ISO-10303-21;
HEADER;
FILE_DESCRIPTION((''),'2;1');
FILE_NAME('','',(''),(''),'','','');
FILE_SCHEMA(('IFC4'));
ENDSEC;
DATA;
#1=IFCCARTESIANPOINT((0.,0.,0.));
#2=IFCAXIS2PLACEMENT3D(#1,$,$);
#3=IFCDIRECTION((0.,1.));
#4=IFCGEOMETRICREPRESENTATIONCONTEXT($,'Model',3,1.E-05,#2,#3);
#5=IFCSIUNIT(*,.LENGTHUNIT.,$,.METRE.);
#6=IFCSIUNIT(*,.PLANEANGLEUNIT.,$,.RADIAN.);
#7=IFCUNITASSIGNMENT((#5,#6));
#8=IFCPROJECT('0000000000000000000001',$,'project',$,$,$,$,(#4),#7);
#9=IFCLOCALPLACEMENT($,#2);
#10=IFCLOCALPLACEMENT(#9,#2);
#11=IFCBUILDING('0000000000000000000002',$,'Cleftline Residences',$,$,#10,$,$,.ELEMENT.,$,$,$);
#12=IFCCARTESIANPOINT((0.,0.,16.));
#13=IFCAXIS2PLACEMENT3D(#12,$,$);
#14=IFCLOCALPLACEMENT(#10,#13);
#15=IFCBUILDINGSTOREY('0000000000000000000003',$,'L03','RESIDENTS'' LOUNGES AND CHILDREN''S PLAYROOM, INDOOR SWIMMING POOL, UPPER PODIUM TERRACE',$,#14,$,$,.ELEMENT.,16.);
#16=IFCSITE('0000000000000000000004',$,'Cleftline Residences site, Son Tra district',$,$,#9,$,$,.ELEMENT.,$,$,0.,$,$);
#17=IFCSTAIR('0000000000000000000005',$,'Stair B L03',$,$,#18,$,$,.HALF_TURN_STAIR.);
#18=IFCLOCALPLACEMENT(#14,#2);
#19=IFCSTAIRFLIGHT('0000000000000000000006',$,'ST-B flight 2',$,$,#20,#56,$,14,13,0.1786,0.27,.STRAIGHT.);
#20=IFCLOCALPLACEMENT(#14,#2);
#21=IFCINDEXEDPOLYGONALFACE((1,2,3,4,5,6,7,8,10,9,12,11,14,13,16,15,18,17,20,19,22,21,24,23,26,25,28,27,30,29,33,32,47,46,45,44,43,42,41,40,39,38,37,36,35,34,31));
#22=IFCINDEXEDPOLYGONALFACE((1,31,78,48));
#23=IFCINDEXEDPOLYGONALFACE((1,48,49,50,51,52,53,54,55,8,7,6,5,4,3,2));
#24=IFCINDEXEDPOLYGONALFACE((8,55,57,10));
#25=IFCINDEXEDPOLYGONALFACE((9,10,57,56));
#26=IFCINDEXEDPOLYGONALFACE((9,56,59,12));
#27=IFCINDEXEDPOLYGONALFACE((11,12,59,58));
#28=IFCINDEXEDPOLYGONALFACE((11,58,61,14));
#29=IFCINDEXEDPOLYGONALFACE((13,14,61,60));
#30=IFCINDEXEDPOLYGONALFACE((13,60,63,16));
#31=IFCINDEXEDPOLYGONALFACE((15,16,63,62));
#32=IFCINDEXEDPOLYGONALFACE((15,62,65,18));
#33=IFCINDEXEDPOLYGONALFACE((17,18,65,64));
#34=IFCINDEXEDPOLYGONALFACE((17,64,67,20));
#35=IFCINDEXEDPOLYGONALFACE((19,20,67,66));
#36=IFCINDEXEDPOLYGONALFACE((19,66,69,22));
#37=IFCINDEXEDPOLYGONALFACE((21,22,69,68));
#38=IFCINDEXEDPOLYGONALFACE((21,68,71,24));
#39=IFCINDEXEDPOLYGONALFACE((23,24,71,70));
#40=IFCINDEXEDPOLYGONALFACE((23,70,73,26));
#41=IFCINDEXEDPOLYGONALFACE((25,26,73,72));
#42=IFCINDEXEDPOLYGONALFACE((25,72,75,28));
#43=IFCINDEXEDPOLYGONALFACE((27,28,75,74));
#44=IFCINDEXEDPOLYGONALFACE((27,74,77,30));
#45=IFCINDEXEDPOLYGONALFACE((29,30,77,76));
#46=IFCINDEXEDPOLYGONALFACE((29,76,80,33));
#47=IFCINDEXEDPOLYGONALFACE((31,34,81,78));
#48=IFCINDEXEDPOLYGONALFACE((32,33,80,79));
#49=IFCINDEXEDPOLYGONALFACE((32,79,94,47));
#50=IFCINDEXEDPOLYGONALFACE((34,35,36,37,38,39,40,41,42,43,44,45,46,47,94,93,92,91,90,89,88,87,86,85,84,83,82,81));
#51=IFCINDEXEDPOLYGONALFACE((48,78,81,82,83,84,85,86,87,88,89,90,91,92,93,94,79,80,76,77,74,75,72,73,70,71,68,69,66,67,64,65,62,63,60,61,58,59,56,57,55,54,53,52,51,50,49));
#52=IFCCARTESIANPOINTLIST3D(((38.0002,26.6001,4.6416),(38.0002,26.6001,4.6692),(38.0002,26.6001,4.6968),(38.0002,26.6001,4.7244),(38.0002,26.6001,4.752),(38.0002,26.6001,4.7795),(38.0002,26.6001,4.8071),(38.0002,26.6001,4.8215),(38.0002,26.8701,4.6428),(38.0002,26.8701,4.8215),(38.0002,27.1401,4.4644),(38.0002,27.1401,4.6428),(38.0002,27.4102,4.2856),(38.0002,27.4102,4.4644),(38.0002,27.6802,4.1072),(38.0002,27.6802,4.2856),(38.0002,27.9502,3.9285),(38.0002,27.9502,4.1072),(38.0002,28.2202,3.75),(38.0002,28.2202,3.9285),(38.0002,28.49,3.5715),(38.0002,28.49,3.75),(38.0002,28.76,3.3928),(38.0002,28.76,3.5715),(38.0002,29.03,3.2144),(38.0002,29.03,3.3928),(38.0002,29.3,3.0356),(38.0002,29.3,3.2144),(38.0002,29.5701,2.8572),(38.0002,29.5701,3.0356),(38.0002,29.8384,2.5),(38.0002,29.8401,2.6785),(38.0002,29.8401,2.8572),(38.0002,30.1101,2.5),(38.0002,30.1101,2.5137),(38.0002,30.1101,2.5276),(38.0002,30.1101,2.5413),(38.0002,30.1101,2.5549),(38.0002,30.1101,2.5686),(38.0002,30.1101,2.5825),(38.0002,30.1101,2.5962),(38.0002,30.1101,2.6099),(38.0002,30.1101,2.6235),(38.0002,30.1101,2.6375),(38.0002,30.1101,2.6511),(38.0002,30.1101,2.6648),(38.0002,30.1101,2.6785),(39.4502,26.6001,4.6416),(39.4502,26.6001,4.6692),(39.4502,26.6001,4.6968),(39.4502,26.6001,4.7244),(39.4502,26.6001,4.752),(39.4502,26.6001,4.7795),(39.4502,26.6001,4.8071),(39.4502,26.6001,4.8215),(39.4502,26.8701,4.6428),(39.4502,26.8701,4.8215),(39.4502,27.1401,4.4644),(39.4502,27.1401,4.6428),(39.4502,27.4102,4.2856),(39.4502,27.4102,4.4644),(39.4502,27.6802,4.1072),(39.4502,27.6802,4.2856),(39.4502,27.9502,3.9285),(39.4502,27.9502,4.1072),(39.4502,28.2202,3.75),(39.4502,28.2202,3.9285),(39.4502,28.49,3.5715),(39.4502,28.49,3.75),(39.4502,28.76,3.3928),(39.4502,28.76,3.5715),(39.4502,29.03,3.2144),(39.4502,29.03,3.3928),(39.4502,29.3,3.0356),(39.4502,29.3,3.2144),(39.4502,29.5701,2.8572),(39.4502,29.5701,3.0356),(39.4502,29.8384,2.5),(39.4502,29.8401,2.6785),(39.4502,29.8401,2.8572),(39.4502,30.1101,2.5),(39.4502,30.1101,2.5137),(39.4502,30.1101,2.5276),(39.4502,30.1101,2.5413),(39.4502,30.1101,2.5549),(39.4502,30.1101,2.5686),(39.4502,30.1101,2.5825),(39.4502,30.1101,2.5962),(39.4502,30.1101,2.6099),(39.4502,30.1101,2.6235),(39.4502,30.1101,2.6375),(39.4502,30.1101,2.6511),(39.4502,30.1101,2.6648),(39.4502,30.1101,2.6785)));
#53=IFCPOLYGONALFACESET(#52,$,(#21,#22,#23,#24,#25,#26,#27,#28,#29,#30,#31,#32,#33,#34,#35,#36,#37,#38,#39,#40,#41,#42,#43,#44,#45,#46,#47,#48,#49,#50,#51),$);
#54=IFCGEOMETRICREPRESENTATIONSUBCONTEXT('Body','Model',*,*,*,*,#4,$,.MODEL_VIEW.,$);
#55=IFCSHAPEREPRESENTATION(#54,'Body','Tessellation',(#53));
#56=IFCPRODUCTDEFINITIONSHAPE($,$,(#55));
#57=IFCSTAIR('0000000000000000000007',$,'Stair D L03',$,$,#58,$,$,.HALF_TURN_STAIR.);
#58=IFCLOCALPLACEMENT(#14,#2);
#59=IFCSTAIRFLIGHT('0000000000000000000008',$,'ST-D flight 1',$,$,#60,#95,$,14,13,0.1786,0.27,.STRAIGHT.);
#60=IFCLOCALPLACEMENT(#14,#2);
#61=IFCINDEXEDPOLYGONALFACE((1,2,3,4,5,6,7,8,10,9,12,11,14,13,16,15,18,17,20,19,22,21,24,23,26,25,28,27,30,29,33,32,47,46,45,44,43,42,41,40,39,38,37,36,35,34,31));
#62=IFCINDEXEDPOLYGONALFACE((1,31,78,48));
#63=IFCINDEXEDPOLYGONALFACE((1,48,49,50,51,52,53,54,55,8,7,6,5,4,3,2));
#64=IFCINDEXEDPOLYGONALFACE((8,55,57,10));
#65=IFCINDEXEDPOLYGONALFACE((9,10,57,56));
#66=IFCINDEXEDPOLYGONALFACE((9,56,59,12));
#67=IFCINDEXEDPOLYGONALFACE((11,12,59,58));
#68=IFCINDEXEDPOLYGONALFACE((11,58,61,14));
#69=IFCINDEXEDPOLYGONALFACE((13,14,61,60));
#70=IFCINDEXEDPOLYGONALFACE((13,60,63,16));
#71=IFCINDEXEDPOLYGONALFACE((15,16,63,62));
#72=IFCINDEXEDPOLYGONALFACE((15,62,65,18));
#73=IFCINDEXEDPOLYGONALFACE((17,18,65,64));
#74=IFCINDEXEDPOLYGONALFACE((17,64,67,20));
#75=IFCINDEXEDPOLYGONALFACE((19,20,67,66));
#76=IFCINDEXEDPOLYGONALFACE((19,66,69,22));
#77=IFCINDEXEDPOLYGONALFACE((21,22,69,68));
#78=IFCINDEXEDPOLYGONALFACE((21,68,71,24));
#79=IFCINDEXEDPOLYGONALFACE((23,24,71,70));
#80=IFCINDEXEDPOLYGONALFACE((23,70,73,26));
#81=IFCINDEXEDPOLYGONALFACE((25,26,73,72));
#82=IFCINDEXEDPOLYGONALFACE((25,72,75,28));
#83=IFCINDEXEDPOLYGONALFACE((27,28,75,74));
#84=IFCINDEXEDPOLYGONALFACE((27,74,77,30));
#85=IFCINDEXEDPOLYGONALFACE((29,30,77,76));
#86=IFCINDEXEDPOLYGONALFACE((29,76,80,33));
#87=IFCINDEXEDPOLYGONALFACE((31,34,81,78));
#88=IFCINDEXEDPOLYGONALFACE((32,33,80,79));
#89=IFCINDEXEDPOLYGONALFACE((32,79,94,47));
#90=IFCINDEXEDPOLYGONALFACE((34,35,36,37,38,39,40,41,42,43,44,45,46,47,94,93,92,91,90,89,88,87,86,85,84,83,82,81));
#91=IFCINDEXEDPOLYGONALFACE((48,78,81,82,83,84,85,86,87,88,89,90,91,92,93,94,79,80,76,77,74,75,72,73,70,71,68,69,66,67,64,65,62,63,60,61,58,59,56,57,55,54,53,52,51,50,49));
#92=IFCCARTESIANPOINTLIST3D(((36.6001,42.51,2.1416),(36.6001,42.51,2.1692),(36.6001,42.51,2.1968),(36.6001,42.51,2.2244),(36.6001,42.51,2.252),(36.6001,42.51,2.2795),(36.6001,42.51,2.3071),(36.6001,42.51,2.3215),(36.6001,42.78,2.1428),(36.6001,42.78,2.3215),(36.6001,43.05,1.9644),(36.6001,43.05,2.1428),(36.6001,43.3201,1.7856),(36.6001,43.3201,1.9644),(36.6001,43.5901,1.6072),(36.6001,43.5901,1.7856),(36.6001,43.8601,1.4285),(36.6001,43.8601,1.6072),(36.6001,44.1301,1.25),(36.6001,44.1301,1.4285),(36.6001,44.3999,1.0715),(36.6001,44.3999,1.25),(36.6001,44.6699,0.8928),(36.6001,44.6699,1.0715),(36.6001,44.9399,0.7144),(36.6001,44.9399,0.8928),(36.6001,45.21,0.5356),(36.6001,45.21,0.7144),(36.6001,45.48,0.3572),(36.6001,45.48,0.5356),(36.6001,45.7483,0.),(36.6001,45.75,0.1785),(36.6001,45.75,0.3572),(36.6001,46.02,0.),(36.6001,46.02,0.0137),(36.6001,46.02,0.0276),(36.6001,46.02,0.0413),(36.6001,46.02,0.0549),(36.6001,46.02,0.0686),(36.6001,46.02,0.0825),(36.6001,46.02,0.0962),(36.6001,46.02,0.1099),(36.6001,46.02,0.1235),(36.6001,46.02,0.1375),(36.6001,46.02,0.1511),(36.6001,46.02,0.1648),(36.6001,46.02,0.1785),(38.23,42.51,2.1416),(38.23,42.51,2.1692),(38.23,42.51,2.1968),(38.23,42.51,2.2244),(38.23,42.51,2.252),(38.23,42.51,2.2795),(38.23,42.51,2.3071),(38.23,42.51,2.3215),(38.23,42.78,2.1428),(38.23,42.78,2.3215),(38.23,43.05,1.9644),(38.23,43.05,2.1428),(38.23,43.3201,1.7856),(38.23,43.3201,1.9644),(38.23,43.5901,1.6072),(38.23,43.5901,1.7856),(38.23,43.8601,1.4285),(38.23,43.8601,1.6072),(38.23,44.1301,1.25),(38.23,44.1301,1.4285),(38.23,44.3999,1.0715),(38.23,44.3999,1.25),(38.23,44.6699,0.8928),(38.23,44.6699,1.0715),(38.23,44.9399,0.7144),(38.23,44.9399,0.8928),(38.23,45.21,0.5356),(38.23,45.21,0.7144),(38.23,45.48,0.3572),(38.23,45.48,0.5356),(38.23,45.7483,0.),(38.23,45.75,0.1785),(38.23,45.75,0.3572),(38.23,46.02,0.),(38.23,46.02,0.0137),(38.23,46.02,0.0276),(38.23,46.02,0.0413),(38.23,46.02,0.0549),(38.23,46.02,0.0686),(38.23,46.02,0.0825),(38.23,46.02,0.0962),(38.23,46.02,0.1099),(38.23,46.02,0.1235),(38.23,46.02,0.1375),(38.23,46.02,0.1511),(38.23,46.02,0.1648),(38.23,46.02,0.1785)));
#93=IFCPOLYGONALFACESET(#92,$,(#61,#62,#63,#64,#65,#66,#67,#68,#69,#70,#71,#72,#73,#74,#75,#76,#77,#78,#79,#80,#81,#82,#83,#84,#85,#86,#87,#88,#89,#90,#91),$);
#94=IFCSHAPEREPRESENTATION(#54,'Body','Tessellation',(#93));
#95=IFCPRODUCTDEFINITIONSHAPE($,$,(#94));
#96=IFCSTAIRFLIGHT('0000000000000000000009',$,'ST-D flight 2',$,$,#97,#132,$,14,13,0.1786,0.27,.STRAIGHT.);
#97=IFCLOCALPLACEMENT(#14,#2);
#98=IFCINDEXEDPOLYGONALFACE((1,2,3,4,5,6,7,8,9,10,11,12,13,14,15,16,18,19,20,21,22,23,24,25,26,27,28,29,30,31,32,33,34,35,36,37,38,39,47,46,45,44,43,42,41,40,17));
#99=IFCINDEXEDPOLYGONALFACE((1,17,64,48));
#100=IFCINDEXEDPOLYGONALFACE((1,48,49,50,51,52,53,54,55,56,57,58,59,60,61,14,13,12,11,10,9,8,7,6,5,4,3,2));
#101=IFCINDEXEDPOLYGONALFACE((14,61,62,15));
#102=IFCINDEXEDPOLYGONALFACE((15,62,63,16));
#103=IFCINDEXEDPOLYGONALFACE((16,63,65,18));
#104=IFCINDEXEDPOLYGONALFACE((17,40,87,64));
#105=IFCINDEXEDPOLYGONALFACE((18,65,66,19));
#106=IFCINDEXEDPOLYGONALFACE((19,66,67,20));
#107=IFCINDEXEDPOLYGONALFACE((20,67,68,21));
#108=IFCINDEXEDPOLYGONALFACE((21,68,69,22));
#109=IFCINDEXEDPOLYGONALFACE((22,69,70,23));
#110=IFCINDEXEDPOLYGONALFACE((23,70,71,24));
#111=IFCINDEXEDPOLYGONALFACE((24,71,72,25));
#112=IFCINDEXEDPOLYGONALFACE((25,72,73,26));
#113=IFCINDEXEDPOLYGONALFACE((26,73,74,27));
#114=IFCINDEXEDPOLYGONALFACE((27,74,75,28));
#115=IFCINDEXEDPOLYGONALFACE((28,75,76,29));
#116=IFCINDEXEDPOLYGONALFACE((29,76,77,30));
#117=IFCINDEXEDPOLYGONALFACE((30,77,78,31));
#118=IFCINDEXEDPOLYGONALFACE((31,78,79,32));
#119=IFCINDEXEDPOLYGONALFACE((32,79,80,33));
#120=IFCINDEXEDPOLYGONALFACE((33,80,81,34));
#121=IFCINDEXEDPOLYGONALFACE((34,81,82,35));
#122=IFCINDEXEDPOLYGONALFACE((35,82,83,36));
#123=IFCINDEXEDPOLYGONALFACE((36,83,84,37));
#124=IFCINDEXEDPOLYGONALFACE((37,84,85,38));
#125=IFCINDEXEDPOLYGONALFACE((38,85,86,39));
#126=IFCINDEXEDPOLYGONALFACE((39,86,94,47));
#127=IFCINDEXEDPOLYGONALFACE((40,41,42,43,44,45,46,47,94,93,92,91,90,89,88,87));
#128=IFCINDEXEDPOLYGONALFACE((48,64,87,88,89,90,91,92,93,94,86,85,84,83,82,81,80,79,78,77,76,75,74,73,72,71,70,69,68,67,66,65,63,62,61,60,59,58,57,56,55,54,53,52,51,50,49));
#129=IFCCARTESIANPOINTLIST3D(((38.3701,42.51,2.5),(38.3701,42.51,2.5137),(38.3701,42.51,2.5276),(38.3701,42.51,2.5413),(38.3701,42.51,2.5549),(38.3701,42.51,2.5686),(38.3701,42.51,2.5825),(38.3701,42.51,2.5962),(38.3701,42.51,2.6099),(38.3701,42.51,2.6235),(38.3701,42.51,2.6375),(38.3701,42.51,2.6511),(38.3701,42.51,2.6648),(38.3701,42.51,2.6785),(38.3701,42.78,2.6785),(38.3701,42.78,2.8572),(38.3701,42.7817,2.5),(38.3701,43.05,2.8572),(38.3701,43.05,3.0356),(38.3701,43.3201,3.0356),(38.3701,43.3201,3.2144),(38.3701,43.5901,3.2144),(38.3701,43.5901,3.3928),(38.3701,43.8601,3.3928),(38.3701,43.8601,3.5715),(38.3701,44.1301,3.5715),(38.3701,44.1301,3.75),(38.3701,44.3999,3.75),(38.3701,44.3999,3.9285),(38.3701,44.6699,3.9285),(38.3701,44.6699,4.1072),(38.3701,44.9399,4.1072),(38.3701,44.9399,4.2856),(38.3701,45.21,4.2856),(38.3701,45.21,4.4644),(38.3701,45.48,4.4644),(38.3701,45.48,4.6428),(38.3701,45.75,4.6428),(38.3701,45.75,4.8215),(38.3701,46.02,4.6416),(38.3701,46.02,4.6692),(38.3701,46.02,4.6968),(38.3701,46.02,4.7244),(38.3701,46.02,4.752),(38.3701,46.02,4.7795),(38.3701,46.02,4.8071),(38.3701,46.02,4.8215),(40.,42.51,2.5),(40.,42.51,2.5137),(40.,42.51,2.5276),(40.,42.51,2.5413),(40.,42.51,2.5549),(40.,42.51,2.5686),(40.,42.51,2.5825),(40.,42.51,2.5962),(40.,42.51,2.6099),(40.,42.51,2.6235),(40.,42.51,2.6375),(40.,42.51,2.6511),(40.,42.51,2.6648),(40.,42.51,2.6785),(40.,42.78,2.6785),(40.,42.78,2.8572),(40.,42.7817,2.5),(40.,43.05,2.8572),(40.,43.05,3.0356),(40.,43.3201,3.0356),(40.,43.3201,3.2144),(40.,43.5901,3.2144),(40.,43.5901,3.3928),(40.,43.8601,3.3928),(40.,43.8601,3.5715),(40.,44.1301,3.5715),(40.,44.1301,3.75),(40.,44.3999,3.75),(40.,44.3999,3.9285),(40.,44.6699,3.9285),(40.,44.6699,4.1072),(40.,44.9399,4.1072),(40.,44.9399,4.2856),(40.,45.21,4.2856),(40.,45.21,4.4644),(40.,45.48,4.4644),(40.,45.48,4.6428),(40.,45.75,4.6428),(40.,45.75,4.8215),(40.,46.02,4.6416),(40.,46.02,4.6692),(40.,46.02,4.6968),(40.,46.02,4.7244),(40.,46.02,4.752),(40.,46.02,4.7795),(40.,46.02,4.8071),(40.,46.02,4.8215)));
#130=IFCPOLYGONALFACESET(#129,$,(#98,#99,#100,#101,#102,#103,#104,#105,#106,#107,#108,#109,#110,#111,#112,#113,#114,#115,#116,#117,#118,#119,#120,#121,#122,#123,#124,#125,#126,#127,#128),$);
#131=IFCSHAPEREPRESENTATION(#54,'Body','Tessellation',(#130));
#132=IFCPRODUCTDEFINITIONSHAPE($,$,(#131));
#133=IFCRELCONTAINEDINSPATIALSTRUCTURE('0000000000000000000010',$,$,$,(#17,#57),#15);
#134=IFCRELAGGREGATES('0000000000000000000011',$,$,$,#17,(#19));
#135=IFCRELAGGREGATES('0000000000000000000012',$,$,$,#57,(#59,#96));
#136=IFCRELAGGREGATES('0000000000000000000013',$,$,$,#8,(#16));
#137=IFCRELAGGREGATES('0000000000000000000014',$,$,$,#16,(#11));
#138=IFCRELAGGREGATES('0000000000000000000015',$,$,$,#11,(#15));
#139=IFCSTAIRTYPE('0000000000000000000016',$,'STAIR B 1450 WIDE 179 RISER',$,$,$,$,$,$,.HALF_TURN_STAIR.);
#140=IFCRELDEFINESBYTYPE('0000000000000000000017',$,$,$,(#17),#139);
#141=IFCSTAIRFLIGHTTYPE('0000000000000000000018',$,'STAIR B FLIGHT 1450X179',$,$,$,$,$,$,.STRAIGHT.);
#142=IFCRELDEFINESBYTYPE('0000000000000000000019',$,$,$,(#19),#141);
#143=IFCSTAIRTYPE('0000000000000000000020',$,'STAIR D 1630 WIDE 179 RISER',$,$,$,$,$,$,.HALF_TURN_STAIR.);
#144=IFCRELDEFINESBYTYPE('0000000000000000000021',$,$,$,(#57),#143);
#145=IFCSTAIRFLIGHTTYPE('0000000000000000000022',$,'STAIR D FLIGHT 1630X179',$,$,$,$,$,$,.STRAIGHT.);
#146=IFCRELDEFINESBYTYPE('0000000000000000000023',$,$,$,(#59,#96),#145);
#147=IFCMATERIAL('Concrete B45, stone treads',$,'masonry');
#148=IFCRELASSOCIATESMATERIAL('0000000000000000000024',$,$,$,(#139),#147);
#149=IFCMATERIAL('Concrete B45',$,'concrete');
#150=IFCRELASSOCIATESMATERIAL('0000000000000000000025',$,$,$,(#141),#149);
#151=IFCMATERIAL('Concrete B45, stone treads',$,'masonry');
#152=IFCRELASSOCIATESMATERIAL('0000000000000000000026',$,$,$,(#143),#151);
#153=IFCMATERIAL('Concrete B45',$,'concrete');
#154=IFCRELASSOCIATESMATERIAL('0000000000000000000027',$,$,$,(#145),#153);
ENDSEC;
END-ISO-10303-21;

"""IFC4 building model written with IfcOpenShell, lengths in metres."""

from ifc_helpers import new_model, si_unit, direction, frame, origin, place, context, subcontext, project, spatial, polyline, outline, extrude, material, type_object, element, aggregate, save


model = new_model("IFC4")

# Units and contexts
model_context = context("Model", 3, precision=1e-05, world=origin(), true_north=direction((0.0, 1.0)))
body_context = subcontext(model_context, "Body", "Model", "MODEL_VIEW")
ifc_project = project(units=[si_unit("LENGTHUNIT", "METRE"), si_unit("PLANEANGLEUNIT", "RADIAN")], contexts=[model_context])

# Site, building, storey
site_placement = place(None, origin())
site = spatial("IfcSite", under=ifc_project, at=site_placement, Name="Cleftline Residences site, Son Tra district", CompositionType="ELEMENT", RefElevation=0.0)
building_placement = place(site_placement, origin())
building = spatial("IfcBuilding", under=site, at=building_placement, Name="Cleftline Residences", CompositionType="ELEMENT")
storey_placement = place(building_placement, frame((0.0, 0.0, 16.0)))
storey = spatial("IfcBuildingStorey", under=building, at=storey_placement, Name="L03", Description="RESIDENTS' LOUNGES AND CHILDREN'S PLAYROOM, INDOOR SWIMMING POOL, UPPER PODIUM TERRACE", CompositionType="ELEMENT", Elevation=16.0)

# Stair, stair flight
ifc_material_1 = material(Name="Concrete B45, stone treads", Category="masonry")
stair_type_1 = type_object("IfcStairType", Name="STAIR B 1450 WIDE 179 RISER", PredefinedType="HALF_TURN_STAIR", material=ifc_material_1)
stair_1_placement = place(storey_placement, origin())
stair_1 = element("IfcStair", 1, at=stair_1_placement, inside=storey, type_object=stair_type_1, Name="Stair B L03", PredefinedType="HALF_TURN_STAIR")
ifc_material_2 = material(Name="Concrete B45", Category="concrete")
stair_flight_type_1 = type_object("IfcStairFlightType", Name="STAIR B FLIGHT 1450X179", PredefinedType="STRAIGHT", material=ifc_material_2)
stair_flight_1_placement = place(storey_placement, frame((38.7251, 30.1101, 2.5), z_axis=(0.0, 0.0, 1.0), x_axis=(0.0, -1.0, 0.0)))
stair_flight_1 = element("IfcStairFlight", 2, at=stair_flight_1_placement, type_object=stair_flight_type_1, Name="ST-B flight 2", NumberOfRisers=14, NumberOfTreads=13, PredefinedType="STRAIGHT", RiserHeight=0.1786, TreadLength=0.27, context=body_context, shape_type="SweptSolid", body=[
    extrude(outline(polyline([(0.0, 0.0), (0.0, 0.0137), (0.0, 0.0276), (0.0, 0.0413), (0.0, 0.0549), (0.0, 0.0686), (0.0, 0.0825), (0.0, 0.0962), (0.0, 0.1099), (0.0, 0.1235), (0.0, 0.1375), (0.0, 0.1511), (0.0, 0.1648), (0.0, 0.1785), (0.27, 0.1785), (0.27, 0.3572), (0.54, 0.3572), (0.54, 0.5356), (0.8101, 0.5356), (0.8101, 0.7144), (1.0801, 0.7144), (1.0801, 0.8928), (1.3501, 0.8928), (1.3501, 1.0715), (1.6201, 1.0715), (1.6201, 1.25), (1.8899, 1.25), (1.8899, 1.4285), (2.1599, 1.4285), (2.1599, 1.6072), (2.4299, 1.6072), (2.4299, 1.7856), (2.7, 1.7856), (2.7, 1.9644), (2.97, 1.9644), (2.97, 2.1428), (3.24, 2.1428), (3.24, 2.3215), (3.51, 2.3215), (3.51, 2.5), (3.51, 2.4724), (3.51, 2.4448), (3.51, 2.4172), (3.51, 2.3896), (3.51, 2.3623), (3.51, 2.3347), (3.51, 2.3071), (3.51, 2.2795), (3.51, 2.252), (3.51, 2.2244), (3.51, 2.1968), (3.51, 2.1692), (3.51, 2.1416), (0.2717, 0.0), (0.0, 0.0)])), frame((0.0, 0.7251, 0.0), z_axis=(0.0, -1.0, 0.0), x_axis=(1.0, 0.0, 0.0)), (0.0, 0.0, 1.0), 1.45),
])
aggregate(stair_1, [stair_flight_1])

# Stair, stair flights
ifc_material_3 = material(Name="Concrete B45, stone treads", Category="masonry")
stair_type_2 = type_object("IfcStairType", Name="STAIR D 1630 WIDE 179 RISER", PredefinedType="HALF_TURN_STAIR", material=ifc_material_3)
stair_2_placement = place(storey_placement, origin())
stair_2 = element("IfcStair", 3, at=stair_2_placement, inside=storey, type_object=stair_type_2, Name="Stair D L03", PredefinedType="HALF_TURN_STAIR")
ifc_material_4 = material(Name="Concrete B45", Category="concrete")
stair_flight_type_2 = type_object("IfcStairFlightType", Name="STAIR D FLIGHT 1630X179", PredefinedType="STRAIGHT", material=ifc_material_4)
stair_flight_2_placement = place(storey_placement, frame((37.415, 46.02, 0.0), z_axis=(0.0, 0.0, 1.0), x_axis=(0.0, -1.0, 0.0)))
stair_flight_2 = element("IfcStairFlight", 4, at=stair_flight_2_placement, type_object=stair_flight_type_2, Name="ST-D flight 1", NumberOfRisers=14, NumberOfTreads=13, PredefinedType="STRAIGHT", RiserHeight=0.1786, TreadLength=0.27, context=body_context, shape_type="SweptSolid", body=[
    extrude(outline(polyline([(0.0, 0.0), (0.0, 0.0137), (0.0, 0.0276), (0.0, 0.0413), (0.0, 0.0549), (0.0, 0.0686), (0.0, 0.0825), (0.0, 0.0962), (0.0, 0.1099), (0.0, 0.1235), (0.0, 0.1375), (0.0, 0.1511), (0.0, 0.1648), (0.0, 0.1785), (0.27, 0.1785), (0.27, 0.3572), (0.54, 0.3572), (0.54, 0.5356), (0.8101, 0.5356), (0.8101, 0.7144), (1.0801, 0.7144), (1.0801, 0.8928), (1.3501, 0.8928), (1.3501, 1.0715), (1.6201, 1.0715), (1.6201, 1.25), (1.8899, 1.25), (1.8899, 1.4285), (2.1599, 1.4285), (2.1599, 1.6072), (2.4299, 1.6072), (2.4299, 1.7856), (2.7, 1.7856), (2.7, 1.9644), (2.97, 1.9644), (2.97, 2.1428), (3.24, 2.1428), (3.24, 2.3215), (3.51, 2.3215), (3.51, 2.5), (3.51, 2.4724), (3.51, 2.4448), (3.51, 2.4172), (3.51, 2.3896), (3.51, 2.3623), (3.51, 2.3347), (3.51, 2.3071), (3.51, 2.2795), (3.51, 2.252), (3.51, 2.2244), (3.51, 2.1968), (3.51, 2.1692), (3.51, 2.1416), (0.2717, 0.0), (0.0, 0.0)])), frame((0.0, 0.8149, 0.0), z_axis=(0.0, -1.0, 0.0), x_axis=(1.0, 0.0, 0.0)), (0.0, 0.0, 1.0), 1.6299),
])
stair_flight_3_placement = place(storey_placement, frame((39.1851, 42.51, 2.5), z_axis=(0.0, 0.0, 1.0), x_axis=(0.0, 1.0, 0.0)))
stair_flight_3 = element("IfcStairFlight", 5, at=stair_flight_3_placement, type_object=stair_flight_type_2, Name="ST-D flight 2", NumberOfRisers=14, NumberOfTreads=13, PredefinedType="STRAIGHT", RiserHeight=0.1786, TreadLength=0.27, context=body_context, shape_type="SweptSolid", body=[
    extrude(outline(polyline([(0.0, 0.0), (0.0, 0.0137), (0.0, 0.0276), (0.0, 0.0413), (0.0, 0.0549), (0.0, 0.0686), (0.0, 0.0825), (0.0, 0.0962), (0.0, 0.1099), (0.0, 0.1235), (0.0, 0.1375), (0.0, 0.1511), (0.0, 0.1648), (0.0, 0.1785), (0.27, 0.1785), (0.27, 0.3572), (0.54, 0.3572), (0.54, 0.5356), (0.8101, 0.5356), (0.8101, 0.7144), (1.0801, 0.7144), (1.0801, 0.8928), (1.3501, 0.8928), (1.3501, 1.0715), (1.6201, 1.0715), (1.6201, 1.25), (1.8899, 1.25), (1.8899, 1.4285), (2.1599, 1.4285), (2.1599, 1.6072), (2.4299, 1.6072), (2.4299, 1.7856), (2.7, 1.7856), (2.7, 1.9644), (2.97, 1.9644), (2.97, 2.1428), (3.24, 2.1428), (3.24, 2.3215), (3.51, 2.3215), (3.51, 2.5), (3.51, 2.4724), (3.51, 2.4448), (3.51, 2.4172), (3.51, 2.3896), (3.51, 2.3623), (3.51, 2.3347), (3.51, 2.3071), (3.51, 2.2795), (3.51, 2.252), (3.51, 2.2244), (3.51, 2.1968), (3.51, 2.1692), (3.51, 2.1416), (0.2717, 0.0), (0.0, 0.0)])), frame((0.0, 0.8149, 0.0), z_axis=(0.0, -1.0, 0.0), x_axis=(1.0, 0.0, 0.0)), (0.0, 0.0, 1.0), 1.6299),
])
aggregate(stair_2, [stair_flight_2, stair_flight_3])

save(model, "model.ifc")
